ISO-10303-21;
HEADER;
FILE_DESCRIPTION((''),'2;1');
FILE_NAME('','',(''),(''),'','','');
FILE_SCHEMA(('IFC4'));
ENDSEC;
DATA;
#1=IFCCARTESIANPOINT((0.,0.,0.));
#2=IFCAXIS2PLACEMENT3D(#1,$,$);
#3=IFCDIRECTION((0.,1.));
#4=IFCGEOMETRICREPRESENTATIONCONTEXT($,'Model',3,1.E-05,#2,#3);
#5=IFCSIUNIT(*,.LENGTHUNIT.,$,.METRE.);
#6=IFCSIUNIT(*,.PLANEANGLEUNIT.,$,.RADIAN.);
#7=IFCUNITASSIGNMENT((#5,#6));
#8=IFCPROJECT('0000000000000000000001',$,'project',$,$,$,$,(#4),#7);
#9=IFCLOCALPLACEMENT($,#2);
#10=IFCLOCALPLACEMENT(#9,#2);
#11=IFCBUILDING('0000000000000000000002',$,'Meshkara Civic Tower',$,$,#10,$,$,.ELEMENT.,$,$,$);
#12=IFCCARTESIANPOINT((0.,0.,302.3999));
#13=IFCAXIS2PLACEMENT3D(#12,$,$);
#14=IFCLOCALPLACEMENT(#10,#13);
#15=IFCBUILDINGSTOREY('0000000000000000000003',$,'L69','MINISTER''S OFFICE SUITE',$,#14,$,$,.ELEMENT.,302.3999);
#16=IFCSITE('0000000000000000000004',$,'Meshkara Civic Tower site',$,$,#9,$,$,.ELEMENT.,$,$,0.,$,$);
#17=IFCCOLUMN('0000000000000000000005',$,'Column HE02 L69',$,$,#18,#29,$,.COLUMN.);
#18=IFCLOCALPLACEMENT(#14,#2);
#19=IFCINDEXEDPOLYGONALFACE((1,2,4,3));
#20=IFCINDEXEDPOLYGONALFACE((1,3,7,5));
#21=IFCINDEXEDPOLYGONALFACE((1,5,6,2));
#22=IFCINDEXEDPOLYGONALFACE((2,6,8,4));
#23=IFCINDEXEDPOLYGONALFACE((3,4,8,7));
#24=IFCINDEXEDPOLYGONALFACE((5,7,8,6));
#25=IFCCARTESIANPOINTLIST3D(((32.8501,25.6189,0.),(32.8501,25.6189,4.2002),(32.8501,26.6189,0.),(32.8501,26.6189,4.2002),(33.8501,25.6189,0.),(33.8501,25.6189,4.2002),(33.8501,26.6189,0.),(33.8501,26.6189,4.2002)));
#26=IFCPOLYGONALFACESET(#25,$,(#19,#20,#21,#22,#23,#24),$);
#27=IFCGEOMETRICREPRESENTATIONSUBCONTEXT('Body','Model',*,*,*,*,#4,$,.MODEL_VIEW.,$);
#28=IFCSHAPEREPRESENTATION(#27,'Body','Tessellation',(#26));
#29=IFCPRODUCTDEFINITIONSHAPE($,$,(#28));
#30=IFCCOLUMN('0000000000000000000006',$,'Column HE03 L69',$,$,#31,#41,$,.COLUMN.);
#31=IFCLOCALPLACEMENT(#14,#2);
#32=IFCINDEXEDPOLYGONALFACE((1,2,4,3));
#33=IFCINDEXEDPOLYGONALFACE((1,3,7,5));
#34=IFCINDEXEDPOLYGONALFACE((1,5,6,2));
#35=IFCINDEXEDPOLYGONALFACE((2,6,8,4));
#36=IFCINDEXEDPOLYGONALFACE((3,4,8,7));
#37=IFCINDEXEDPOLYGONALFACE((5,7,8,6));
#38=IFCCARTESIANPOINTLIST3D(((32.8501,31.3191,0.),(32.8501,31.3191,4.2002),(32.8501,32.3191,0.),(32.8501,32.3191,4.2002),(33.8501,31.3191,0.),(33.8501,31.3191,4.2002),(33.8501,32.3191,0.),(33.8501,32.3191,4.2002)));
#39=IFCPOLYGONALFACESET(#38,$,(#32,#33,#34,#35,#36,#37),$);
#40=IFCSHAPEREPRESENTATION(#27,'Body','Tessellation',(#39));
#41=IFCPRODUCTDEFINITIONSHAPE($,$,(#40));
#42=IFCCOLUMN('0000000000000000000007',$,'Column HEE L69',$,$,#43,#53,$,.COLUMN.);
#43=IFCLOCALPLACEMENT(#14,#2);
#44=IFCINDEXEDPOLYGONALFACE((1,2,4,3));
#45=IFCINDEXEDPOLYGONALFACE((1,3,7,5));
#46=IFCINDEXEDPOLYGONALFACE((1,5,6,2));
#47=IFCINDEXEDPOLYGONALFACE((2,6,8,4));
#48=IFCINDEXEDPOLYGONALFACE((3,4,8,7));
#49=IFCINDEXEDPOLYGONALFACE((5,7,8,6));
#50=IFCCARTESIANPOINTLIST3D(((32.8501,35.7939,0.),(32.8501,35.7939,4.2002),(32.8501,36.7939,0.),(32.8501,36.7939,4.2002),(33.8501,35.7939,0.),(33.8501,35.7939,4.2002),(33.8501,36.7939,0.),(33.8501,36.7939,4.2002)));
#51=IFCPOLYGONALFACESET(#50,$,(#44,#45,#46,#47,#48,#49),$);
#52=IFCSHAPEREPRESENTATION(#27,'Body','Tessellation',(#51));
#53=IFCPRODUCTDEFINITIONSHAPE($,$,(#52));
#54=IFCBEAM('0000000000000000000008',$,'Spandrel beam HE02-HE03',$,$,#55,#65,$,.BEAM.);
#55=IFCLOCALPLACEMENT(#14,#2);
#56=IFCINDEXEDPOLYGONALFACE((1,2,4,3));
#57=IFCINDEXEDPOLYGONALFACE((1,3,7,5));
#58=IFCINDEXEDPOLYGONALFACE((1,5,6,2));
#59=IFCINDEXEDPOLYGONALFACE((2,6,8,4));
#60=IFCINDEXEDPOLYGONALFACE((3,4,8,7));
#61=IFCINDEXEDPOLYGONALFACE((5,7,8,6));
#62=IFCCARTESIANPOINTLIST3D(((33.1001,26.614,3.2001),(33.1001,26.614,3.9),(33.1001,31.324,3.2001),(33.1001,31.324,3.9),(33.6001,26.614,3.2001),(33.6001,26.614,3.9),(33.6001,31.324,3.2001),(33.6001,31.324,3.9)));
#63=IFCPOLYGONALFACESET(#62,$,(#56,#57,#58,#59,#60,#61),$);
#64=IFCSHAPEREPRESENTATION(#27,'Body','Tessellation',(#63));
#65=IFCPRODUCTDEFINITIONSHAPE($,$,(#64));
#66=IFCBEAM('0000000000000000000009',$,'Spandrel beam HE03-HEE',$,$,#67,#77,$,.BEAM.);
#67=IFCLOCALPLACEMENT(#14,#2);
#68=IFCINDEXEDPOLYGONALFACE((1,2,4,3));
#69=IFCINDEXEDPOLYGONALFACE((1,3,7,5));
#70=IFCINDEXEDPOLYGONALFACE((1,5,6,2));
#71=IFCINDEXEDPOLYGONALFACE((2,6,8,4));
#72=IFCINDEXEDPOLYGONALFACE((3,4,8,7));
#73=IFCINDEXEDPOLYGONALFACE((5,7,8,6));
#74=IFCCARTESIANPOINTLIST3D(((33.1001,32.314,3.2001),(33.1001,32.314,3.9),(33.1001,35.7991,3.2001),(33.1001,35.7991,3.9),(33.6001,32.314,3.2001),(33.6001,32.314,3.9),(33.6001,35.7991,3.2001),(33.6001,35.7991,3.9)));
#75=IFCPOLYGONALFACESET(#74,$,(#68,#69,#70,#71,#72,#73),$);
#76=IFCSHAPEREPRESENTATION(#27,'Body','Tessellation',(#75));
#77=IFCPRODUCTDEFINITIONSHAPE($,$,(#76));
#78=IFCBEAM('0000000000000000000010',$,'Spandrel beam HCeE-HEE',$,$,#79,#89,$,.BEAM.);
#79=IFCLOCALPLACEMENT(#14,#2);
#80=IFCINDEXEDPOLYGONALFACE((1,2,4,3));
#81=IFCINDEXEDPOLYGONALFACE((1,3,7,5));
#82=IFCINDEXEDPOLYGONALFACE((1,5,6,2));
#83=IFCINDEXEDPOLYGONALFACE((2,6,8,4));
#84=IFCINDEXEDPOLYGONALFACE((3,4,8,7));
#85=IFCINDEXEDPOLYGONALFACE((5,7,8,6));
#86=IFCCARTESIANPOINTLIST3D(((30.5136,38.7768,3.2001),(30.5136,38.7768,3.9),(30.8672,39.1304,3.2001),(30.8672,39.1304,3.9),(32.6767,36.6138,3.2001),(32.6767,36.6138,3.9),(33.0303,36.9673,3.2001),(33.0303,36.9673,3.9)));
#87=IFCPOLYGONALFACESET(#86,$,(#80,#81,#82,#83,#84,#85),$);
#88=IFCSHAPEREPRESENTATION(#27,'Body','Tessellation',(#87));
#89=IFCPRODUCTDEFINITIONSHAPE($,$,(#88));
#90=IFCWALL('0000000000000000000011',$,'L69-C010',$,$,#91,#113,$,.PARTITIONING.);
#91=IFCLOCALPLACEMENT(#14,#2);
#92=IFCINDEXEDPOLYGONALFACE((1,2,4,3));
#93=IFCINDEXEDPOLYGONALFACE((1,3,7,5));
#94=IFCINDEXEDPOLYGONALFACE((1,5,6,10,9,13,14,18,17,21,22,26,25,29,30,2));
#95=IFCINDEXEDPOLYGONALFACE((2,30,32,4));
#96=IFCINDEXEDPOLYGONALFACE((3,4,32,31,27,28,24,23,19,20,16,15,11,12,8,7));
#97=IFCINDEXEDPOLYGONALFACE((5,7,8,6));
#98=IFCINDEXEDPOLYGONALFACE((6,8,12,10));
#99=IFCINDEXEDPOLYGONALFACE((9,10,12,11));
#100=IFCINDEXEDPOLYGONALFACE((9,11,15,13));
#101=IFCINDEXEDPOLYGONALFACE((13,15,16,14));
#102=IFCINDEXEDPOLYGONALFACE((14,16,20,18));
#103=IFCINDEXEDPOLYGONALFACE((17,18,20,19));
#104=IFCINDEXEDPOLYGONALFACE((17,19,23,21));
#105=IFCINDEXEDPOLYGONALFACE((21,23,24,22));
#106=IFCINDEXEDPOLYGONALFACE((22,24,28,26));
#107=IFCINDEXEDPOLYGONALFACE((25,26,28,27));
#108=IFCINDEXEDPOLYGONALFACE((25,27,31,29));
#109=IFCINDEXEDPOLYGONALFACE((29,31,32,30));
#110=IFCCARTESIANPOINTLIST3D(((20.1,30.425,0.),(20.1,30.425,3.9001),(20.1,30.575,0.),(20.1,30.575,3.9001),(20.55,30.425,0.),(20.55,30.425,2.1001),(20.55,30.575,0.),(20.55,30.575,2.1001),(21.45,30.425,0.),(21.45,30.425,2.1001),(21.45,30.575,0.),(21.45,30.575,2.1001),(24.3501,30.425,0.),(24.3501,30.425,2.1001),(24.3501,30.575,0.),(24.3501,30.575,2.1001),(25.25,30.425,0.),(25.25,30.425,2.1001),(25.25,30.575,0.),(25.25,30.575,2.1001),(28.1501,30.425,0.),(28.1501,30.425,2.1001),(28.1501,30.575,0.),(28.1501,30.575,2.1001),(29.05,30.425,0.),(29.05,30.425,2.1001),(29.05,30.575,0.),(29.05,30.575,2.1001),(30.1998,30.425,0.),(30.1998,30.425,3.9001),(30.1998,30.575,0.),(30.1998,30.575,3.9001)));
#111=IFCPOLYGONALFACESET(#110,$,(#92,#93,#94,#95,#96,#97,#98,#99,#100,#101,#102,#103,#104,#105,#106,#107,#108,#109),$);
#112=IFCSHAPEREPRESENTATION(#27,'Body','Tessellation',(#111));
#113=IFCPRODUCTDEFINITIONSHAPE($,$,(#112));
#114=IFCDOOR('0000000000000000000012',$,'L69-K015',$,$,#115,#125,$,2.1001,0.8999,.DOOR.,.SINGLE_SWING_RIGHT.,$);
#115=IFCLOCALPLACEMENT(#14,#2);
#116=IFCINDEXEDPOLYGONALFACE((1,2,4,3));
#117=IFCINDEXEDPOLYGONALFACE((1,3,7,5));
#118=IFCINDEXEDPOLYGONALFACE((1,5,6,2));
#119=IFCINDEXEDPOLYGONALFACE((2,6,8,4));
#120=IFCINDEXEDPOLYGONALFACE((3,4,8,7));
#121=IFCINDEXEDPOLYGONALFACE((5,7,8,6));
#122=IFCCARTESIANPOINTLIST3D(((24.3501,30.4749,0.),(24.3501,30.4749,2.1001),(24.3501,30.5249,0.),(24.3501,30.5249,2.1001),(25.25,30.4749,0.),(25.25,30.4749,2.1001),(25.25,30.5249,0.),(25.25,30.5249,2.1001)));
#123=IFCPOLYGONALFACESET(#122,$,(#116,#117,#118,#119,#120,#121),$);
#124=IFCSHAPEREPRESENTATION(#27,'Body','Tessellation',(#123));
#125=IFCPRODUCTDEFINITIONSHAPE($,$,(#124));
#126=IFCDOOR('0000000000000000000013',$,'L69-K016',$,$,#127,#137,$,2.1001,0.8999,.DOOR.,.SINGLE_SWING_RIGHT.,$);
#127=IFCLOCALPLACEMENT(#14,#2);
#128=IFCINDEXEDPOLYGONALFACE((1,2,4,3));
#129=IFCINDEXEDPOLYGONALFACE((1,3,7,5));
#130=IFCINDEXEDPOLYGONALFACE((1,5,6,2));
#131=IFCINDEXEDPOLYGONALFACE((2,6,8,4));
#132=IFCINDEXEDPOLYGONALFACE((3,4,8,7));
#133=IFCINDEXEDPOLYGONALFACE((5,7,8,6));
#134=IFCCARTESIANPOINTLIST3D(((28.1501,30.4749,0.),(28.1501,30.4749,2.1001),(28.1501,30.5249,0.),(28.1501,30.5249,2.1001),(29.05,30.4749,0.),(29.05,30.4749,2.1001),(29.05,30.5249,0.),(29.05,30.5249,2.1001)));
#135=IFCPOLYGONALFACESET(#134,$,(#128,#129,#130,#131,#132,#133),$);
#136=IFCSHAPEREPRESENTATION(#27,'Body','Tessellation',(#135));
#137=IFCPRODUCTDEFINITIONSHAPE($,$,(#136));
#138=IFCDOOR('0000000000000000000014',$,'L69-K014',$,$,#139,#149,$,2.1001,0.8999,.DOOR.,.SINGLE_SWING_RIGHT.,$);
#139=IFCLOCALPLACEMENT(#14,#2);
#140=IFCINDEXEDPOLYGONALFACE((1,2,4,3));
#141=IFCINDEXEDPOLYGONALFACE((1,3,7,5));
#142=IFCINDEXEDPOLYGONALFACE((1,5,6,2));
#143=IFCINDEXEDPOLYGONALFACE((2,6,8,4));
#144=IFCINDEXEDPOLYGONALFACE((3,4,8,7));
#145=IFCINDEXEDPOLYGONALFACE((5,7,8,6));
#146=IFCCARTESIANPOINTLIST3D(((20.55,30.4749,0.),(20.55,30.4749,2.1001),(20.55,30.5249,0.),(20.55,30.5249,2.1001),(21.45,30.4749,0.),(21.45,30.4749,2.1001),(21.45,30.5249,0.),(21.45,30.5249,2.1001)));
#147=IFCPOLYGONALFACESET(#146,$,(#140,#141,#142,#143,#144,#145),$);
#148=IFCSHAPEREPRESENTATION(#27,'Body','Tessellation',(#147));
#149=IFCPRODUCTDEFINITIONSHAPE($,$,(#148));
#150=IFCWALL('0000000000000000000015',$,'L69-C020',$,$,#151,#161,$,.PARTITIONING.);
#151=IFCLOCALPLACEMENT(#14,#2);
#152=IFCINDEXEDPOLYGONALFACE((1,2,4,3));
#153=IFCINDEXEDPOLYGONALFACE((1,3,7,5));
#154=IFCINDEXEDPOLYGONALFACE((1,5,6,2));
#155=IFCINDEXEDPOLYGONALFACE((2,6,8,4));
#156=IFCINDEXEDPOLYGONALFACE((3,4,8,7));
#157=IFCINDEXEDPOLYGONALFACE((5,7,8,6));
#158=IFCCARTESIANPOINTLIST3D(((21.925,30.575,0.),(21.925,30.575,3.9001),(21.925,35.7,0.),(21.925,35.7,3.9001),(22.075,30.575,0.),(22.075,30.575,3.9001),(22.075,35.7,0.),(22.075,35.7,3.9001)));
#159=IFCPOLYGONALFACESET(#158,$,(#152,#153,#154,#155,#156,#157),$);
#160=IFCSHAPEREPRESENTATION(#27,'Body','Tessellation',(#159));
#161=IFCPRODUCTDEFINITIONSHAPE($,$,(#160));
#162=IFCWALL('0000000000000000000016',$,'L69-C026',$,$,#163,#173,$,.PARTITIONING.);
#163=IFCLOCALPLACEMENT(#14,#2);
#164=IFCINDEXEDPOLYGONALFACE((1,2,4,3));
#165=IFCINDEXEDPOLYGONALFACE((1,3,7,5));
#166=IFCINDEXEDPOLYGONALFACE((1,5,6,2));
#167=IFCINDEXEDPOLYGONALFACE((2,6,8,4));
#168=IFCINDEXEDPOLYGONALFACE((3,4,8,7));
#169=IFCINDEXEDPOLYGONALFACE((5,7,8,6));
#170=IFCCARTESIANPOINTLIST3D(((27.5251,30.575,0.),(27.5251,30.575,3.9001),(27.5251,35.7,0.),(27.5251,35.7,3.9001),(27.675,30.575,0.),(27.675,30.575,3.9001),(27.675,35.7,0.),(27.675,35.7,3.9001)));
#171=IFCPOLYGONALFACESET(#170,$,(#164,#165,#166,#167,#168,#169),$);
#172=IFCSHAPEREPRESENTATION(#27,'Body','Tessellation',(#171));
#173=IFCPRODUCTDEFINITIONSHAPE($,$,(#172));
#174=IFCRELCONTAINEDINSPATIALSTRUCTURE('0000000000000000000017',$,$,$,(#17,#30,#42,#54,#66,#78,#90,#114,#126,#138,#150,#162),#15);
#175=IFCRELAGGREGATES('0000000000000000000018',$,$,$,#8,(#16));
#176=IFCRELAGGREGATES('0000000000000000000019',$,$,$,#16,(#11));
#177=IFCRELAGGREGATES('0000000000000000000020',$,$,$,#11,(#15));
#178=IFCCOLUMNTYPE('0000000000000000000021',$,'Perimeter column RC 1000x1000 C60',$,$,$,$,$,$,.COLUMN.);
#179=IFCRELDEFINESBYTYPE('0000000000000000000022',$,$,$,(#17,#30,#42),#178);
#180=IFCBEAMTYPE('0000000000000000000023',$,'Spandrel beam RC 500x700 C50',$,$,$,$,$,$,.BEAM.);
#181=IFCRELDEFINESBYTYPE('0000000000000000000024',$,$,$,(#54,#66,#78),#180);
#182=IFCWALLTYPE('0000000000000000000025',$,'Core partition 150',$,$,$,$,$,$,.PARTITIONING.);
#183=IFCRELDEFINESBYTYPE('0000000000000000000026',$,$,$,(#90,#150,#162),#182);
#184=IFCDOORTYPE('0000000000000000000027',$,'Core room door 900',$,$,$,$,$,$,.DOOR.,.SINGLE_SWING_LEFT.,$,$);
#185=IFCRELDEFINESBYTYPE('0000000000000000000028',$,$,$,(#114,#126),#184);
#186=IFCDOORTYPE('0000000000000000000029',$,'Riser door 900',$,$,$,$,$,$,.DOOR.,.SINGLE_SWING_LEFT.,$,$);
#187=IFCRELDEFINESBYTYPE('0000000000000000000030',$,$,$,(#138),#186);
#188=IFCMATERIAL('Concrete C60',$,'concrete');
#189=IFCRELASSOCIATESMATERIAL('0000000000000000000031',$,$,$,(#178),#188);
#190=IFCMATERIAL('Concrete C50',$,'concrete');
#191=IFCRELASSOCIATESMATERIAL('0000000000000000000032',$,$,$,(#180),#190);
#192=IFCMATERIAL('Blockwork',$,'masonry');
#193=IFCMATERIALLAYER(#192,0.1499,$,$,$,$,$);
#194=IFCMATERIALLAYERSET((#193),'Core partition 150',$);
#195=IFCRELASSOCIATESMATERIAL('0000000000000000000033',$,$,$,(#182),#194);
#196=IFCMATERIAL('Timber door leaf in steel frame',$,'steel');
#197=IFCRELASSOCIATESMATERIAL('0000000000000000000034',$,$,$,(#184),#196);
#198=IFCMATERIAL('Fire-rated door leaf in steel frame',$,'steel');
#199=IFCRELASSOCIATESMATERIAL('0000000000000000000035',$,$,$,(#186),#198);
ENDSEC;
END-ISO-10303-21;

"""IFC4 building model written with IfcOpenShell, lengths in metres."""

from ifc_helpers import new_model, si_unit, direction, frame, frame_2d, origin, origin_2d, place, context, subcontext, project, spatial, rectangle, extrude, material, layer, layer_set, material_profile, profile_set, type_object, element, fill, save


model = new_model("IFC4")

# Units and contexts
model_context = context("Model", 3, precision=1e-05, world=origin(), true_north=direction((0.0, 1.0)))
body_context = subcontext(model_context, "Body", "Model", "MODEL_VIEW")
ifc_project = project(units=[si_unit("LENGTHUNIT", "METRE"), si_unit("PLANEANGLEUNIT", "RADIAN")], contexts=[model_context])

# Site, building, storey
site_placement = place(None, origin())
site = spatial("IfcSite", under=ifc_project, at=site_placement, Name="Meshkara Civic Tower site", CompositionType="ELEMENT", RefElevation=0.0)
building_placement = place(site_placement, origin())
building = spatial("IfcBuilding", under=site, at=building_placement, Name="Meshkara Civic Tower", CompositionType="ELEMENT")
storey_placement = place(building_placement, frame((0.0, 0.0, 302.3999)))
storey = spatial("IfcBuildingStorey", under=building, at=storey_placement, Name="L69", Description="MINISTER'S OFFICE SUITE", CompositionType="ELEMENT", Elevation=302.3999)

# Columns
ifc_material_1 = material(Name="Concrete C60", Category="concrete")
ifc_material_profile_1 = material_profile(ifc_material_1, rectangle(XDim=1.0, YDim=1.0, at=origin_2d()))
ifc_profile_set_1 = profile_set([ifc_material_profile_1], Name="Concrete C60")
column_type = type_object("IfcColumnType", Name="Perimeter column RC 1000x1000 C60", PredefinedType="COLUMN", material=ifc_profile_set_1)
for number, where, z_axis, x_axis, name in (
    (1, (33.3501, 26.1189, 0.0), (0.0, 0.0, 1.0), (1.0, 0.0, 0.0), "Column HE02 L69"),
    (2, (33.3501, 31.8191, 0.0), (0.0, 0.0, 1.0), (1.0, 0.0, 0.0), "Column HE03 L69"),
    (3, (33.3501, 36.2939, 0.0), (0.0, 0.0, 1.0), (1.0, 0.0, 0.0), "Column HEE L69"),
):
    element("IfcColumn", number, at=place(storey_placement, frame(where, z_axis=z_axis, x_axis=x_axis)), inside=storey, type_object=column_type, Name=name, PredefinedType="COLUMN", context=body_context, shape_type="SweptSolid", body=[
        extrude(rectangle(XDim=1.0, YDim=1.0, at=origin_2d()), origin(), (0.0, 0.0, 1.0), 4.2002),
    ])

# Beams
ifc_material_2 = material(Name="Concrete C50", Category="concrete")
ifc_material_profile_2 = material_profile(ifc_material_2, rectangle(XDim=0.5, YDim=0.7, at=origin_2d()))
ifc_profile_set_2 = profile_set([ifc_material_profile_2], Name="Concrete C50")
beam_type = type_object("IfcBeamType", Name="Spandrel beam RC 500x700 C50", PredefinedType="BEAM", material=ifc_profile_set_2)
beam_1_placement = place(storey_placement, frame((33.3501, 26.614, 3.55), z_axis=(0.0, 1.0, 0.0), x_axis=(-1.0, 0.0, 0.0)))
element("IfcBeam", 4, at=beam_1_placement, inside=storey, type_object=beam_type, Name="Spandrel beam HE02-HE03", PredefinedType="BEAM", context=body_context, shape_type="SweptSolid", body=[
    extrude(rectangle(XDim=0.5, YDim=0.7, at=origin_2d()), origin(), (0.0, 0.0, 1.0), 4.71),
])
beam_2_placement = place(storey_placement, frame((33.3501, 32.314, 3.55), z_axis=(0.0, 1.0, 0.0), x_axis=(-1.0, 0.0, 0.0)))
element("IfcBeam", 5, at=beam_2_placement, inside=storey, type_object=beam_type, Name="Spandrel beam HE03-HEE", PredefinedType="BEAM", context=body_context, shape_type="SweptSolid", body=[
    extrude(rectangle(XDim=0.5, YDim=0.7, at=origin_2d()), origin(), (0.0, 0.0, 1.0), 3.4851),
])
beam_3_placement = place(storey_placement, frame((32.8535, 36.7905, 3.55), z_axis=(-0.707107, 0.707107, 0.0), x_axis=(-0.707107, -0.707107, 0.0)))
element("IfcBeam", 6, at=beam_3_placement, inside=storey, type_object=beam_type, Name="Spandrel beam HCeE-HEE", PredefinedType="BEAM", context=body_context, shape_type="SweptSolid", body=[
    extrude(rectangle(XDim=0.5, YDim=0.7, at=origin_2d()), origin(), (0.0, 0.0, 1.0), 3.0591),
])

# Wall, openings, doors
ifc_material_3 = material(Name="Blockwork", Category="masonry")
ifc_layer_1 = layer(ifc_material_3, 0.1499)
ifc_layer_set_1 = layer_set([ifc_layer_1], Name="Core partition 150")
wall_type_1 = type_object("IfcWallType", Name="Core partition 150", PredefinedType="PARTITIONING", material=ifc_layer_set_1)
wall_1_placement = place(storey_placement, frame((20.1001, 30.5, 0.0), z_axis=(0.0, 0.0, 1.0), x_axis=(1.0, 0.0, 0.0)))
wall_1 = element("IfcWall", 7, at=wall_1_placement, inside=storey, type_object=wall_type_1, Name="L69-C010", PredefinedType="PARTITIONING", context=body_context, shape_type="SweptSolid", body=[
    extrude(rectangle(XDim=10.0999, YDim=0.1499, at=frame_2d((5.0498, 0.0))), origin(), (0.0, 0.0, 1.0), 3.9001),
])
opening_1_placement = place(wall_1_placement, frame((0.45, 0.0, 0.0)))
opening_1 = element("IfcOpeningElement", 8, at=opening_1_placement, cuts=wall_1, PredefinedType="OPENING", context=body_context, shape_type="SweptSolid", body=[
    extrude(rectangle(XDim=0.8999, YDim=2.1001, at=frame_2d((0.45, 1.05))), frame((0.0, 0.085, 0.0), z_axis=(0.0, -1.0, 0.0), x_axis=(1.0, 0.0, 0.0)), (0.0, 0.0, 1.0), 0.1699),
])
opening_2_placement = place(wall_1_placement, frame((4.25, 0.0, 0.0)))
opening_2 = element("IfcOpeningElement", 9, at=opening_2_placement, cuts=wall_1, PredefinedType="OPENING", context=body_context, shape_type="SweptSolid", body=[
    extrude(rectangle(XDim=0.8999, YDim=2.1001, at=frame_2d((0.45, 1.05))), frame((0.0, 0.085, 0.0), z_axis=(0.0, -1.0, 0.0), x_axis=(1.0, 0.0, 0.0)), (0.0, 0.0, 1.0), 0.1699),
])
opening_3_placement = place(wall_1_placement, frame((8.05, 0.0, 0.0)))
opening_3 = element("IfcOpeningElement", 10, at=opening_3_placement, cuts=wall_1, PredefinedType="OPENING", context=body_context, shape_type="SweptSolid", body=[
    extrude(rectangle(XDim=0.8999, YDim=2.1001, at=frame_2d((0.45, 1.05))), frame((0.0, 0.085, 0.0), z_axis=(0.0, -1.0, 0.0), x_axis=(1.0, 0.0, 0.0)), (0.0, 0.0, 1.0), 0.1699),
])
ifc_material_4 = material(Name="Timber door leaf in steel frame", Category="steel")
door_type_1 = type_object("IfcDoorType", Name="Core room door 900", OperationType="SINGLE_SWING_LEFT", PredefinedType="DOOR", material=ifc_material_4)
door_1_placement = place(opening_2_placement, origin())
door_1 = element("IfcDoor", 11, at=door_1_placement, inside=storey, type_object=door_type_1, Name="L69-K015", OperationType="SINGLE_SWING_RIGHT", OverallHeight=2.1001, OverallWidth=0.8999, PredefinedType="DOOR", context=body_context, shape_type="SweptSolid", body=[
    extrude(rectangle(XDim=0.8999, YDim=2.1001, at=frame_2d((0.45, 1.05))), frame((0.0, 0.0249, 0.0), z_axis=(0.0, -1.0, 0.0), x_axis=(1.0, 0.0, 0.0)), (0.0, 0.0, 1.0), 0.05),
])
fill(opening_2, door_1)
door_2_placement = place(opening_3_placement, origin())
door_2 = element("IfcDoor", 12, at=door_2_placement, inside=storey, type_object=door_type_1, Name="L69-K016", OperationType="SINGLE_SWING_RIGHT", OverallHeight=2.1001, OverallWidth=0.8999, PredefinedType="DOOR", context=body_context, shape_type="SweptSolid", body=[
    extrude(rectangle(XDim=0.8999, YDim=2.1001, at=frame_2d((0.45, 1.05))), frame((0.0, 0.0249, 0.0), z_axis=(0.0, -1.0, 0.0), x_axis=(1.0, 0.0, 0.0)), (0.0, 0.0, 1.0), 0.05),
])
fill(opening_3, door_2)
ifc_material_5 = material(Name="Fire-rated door leaf in steel frame", Category="steel")
door_type_2 = type_object("IfcDoorType", Name="Riser door 900", OperationType="SINGLE_SWING_LEFT", PredefinedType="DOOR", material=ifc_material_5)
door_3_placement = place(opening_1_placement, origin())
door_3 = element("IfcDoor", 13, at=door_3_placement, inside=storey, type_object=door_type_2, Name="L69-K014", OperationType="SINGLE_SWING_RIGHT", OverallHeight=2.1001, OverallWidth=0.8999, PredefinedType="DOOR", context=body_context, shape_type="SweptSolid", body=[
    extrude(rectangle(XDim=0.8999, YDim=2.1001, at=frame_2d((0.45, 1.05))), frame((0.0, 0.0249, 0.0), z_axis=(0.0, -1.0, 0.0), x_axis=(1.0, 0.0, 0.0)), (0.0, 0.0, 1.0), 0.05),
])
fill(opening_1, door_3)

# Walls
for number, where, z_axis, x_axis, name in (
    (14, (22.0, 30.575, 0.0), (0.0, 0.0, 1.0), (0.0, 1.0, 0.0), "L69-C020"),
    (15, (27.6001, 30.575, 0.0), (0.0, 0.0, 1.0), (0.0, 1.0, 0.0), "L69-C026"),
):
    element("IfcWall", number, at=place(storey_placement, frame(where, z_axis=z_axis, x_axis=x_axis)), inside=storey, type_object=wall_type_1, Name=name, PredefinedType="PARTITIONING", context=body_context, shape_type="SweptSolid", body=[
        extrude(rectangle(XDim=5.125, YDim=0.1499, at=frame_2d((2.5625, 0.0))), origin(), (0.0, 0.0, 1.0), 3.9001),
    ])

save(model, "model.ifc")
